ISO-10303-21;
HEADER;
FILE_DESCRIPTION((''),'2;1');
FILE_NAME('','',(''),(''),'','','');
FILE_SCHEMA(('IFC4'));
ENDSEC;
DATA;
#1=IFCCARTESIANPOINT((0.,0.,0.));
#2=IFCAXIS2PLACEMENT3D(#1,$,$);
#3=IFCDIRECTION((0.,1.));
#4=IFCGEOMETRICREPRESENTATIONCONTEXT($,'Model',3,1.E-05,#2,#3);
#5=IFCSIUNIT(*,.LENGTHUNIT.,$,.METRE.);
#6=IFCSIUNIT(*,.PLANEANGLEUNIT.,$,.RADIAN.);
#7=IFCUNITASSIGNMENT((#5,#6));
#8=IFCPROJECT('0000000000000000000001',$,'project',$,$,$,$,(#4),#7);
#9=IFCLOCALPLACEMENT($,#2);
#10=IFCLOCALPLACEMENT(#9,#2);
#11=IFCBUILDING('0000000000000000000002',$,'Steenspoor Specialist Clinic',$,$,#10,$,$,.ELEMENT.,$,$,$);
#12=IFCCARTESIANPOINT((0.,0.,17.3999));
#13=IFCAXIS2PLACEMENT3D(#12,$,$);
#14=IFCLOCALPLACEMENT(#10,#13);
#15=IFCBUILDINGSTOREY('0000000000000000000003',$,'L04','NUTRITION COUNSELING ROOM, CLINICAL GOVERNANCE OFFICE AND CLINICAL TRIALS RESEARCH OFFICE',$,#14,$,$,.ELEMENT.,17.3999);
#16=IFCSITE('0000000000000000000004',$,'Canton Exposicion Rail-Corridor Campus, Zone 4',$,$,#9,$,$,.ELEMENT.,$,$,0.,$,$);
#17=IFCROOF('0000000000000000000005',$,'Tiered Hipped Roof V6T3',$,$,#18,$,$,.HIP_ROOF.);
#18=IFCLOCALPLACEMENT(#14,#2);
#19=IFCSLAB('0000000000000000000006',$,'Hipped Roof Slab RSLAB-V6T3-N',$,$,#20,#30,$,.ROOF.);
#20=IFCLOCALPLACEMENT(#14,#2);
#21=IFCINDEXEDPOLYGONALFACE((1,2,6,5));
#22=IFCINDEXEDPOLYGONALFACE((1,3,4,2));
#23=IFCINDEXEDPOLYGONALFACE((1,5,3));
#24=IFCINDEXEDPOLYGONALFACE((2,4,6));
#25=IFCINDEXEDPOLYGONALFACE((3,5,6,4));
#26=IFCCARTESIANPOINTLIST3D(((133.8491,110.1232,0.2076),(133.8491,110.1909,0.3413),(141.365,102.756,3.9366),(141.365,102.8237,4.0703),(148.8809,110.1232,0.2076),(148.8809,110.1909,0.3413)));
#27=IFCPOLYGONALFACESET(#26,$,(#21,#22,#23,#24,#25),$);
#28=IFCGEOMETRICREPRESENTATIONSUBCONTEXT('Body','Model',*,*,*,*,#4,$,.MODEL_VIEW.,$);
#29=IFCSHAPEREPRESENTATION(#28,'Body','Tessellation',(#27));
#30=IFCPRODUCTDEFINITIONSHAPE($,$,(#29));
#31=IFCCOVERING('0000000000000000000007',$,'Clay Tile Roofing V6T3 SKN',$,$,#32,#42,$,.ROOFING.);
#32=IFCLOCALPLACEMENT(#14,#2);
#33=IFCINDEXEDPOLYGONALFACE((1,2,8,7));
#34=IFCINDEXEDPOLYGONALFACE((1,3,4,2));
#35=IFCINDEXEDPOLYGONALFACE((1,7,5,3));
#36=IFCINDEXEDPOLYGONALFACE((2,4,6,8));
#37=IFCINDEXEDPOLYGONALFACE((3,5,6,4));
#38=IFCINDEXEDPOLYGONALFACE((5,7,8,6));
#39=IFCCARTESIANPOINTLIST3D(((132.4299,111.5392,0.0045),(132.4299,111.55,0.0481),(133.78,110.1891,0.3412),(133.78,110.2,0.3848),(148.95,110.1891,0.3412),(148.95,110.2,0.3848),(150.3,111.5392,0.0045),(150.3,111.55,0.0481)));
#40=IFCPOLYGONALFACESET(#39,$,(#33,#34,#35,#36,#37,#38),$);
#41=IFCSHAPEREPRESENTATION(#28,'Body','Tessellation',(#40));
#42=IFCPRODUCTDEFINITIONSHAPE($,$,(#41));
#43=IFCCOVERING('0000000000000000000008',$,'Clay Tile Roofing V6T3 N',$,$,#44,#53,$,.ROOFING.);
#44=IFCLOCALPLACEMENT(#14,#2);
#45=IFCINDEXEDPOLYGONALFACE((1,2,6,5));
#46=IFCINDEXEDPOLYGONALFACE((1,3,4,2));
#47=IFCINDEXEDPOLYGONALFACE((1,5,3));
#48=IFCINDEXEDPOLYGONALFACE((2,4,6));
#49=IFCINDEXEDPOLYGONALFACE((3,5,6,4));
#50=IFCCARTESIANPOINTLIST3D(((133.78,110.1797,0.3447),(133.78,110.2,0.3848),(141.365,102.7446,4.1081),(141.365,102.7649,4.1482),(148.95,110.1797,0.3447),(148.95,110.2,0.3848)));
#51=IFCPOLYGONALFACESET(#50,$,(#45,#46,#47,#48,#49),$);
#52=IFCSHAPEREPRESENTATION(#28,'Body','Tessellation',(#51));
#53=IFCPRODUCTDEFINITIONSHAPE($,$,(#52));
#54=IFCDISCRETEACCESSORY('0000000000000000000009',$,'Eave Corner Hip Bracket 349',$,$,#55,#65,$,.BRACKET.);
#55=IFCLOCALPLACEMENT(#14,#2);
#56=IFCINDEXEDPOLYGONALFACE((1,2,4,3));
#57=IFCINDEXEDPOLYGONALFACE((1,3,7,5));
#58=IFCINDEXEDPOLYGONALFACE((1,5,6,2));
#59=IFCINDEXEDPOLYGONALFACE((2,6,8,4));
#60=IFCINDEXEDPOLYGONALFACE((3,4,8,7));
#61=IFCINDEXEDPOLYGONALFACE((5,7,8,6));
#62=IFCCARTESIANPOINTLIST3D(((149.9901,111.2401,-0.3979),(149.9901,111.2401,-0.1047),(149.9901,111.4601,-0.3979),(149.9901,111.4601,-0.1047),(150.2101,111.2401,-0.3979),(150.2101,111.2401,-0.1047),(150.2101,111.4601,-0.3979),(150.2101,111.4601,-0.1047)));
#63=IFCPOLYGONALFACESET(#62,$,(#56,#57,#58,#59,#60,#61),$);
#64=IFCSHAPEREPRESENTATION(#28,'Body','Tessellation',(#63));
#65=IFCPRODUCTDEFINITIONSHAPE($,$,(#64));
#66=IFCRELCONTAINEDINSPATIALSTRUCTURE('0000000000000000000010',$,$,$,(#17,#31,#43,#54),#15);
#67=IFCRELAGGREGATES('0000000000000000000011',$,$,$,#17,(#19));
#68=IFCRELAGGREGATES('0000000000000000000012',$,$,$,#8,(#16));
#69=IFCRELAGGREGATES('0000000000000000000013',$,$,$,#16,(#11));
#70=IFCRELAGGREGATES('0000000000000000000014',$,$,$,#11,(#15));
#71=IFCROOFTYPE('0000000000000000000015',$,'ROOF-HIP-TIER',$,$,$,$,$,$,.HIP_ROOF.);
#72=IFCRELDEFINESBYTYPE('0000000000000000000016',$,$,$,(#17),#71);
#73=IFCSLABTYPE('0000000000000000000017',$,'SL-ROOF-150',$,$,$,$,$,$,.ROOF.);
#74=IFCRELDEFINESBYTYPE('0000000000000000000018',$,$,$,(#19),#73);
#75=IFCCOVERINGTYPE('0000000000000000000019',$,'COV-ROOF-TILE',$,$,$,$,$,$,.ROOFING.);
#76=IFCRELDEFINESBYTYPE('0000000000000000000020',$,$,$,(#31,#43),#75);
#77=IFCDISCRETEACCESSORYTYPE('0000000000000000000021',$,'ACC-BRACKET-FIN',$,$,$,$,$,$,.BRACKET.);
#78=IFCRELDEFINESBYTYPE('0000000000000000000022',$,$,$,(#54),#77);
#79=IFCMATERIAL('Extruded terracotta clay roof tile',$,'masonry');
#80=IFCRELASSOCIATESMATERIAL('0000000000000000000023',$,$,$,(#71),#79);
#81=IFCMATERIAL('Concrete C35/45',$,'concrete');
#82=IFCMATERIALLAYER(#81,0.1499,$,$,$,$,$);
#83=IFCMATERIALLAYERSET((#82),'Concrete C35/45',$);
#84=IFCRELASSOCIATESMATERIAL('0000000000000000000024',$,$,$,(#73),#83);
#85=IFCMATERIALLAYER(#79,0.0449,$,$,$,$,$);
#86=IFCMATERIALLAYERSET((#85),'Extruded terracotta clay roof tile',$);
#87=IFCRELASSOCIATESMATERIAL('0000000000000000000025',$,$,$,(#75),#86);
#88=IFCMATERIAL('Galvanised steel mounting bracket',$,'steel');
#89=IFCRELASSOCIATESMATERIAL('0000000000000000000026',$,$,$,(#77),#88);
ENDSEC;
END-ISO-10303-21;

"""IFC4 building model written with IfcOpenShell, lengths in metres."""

from ifc_helpers import new_model, si_unit, direction, frame, origin, origin_2d, place, context, subcontext, project, spatial, polyline, rectangle, outline, extrude, material, layer, layer_set, type_object, element, aggregate, save


model = new_model("IFC4")

# Units and contexts
model_context = context("Model", 3, precision=1e-05, world=origin(), true_north=direction((0.0, 1.0)))
body_context = subcontext(model_context, "Body", "Model", "MODEL_VIEW")
ifc_project = project(units=[si_unit("LENGTHUNIT", "METRE"), si_unit("PLANEANGLEUNIT", "RADIAN")], contexts=[model_context])

# Site, building, storey
site_placement = place(None, origin())
site = spatial("IfcSite", under=ifc_project, at=site_placement, Name="Canton Exposicion Rail-Corridor Campus, Zone 4", CompositionType="ELEMENT", RefElevation=0.0)
building_placement = place(site_placement, origin())
building = spatial("IfcBuilding", under=site, at=building_placement, Name="Steenspoor Specialist Clinic", CompositionType="ELEMENT")
storey_placement = place(building_placement, frame((0.0, 0.0, 17.3999)))
storey = spatial("IfcBuildingStorey", under=building, at=storey_placement, Name="L04", Description="NUTRITION COUNSELING ROOM, CLINICAL GOVERNANCE OFFICE AND CLINICAL TRIALS RESEARCH OFFICE", CompositionType="ELEMENT", Elevation=17.3999)

# Roof, slab
ifc_material_1 = material(Name="Extruded terracotta clay roof tile", Category="masonry")
roof_type = type_object("IfcRoofType", Name="ROOF-HIP-TIER", PredefinedType="HIP_ROOF", material=ifc_material_1)
roof_placement = place(storey_placement, origin())
roof = element("IfcRoof", 1, at=roof_placement, inside=storey, type_object=roof_type, Name="Tiered Hipped Roof V6T3", PredefinedType="HIP_ROOF")
ifc_material_2 = material(Name="Concrete C35/45", Category="concrete")
ifc_layer_1 = layer(ifc_material_2, 0.1499)
ifc_layer_set_1 = layer_set([ifc_layer_1], Name="Concrete C35/45")
slab_type = type_object("IfcSlabType", Name="SL-ROOF-150", PredefinedType="ROOF", material=ifc_layer_set_1)
slab_1_placement = place(storey_placement, frame((141.365, 102.8237, 4.0703), z_axis=(0.0, 0.451608, 0.892217), x_axis=(0.673131, 0.659815, -0.333974)))
slab_1 = element("IfcSlab", 2, at=slab_1_placement, type_object=slab_type, Name="Hipped Roof Slab RSLAB-V6T3-N", PredefinedType="ROOF", context=body_context, shape_type="SweptSolid", body=[
    extrude(outline(polyline([(0.0, 0.0), (11.1655, 0.0), (1.0472, 11.1163), (0.0, 0.0)])), origin(), (0.0, 0.0, -1.0), 0.1499),
])
aggregate(roof, [slab_1])

# Coverings
ifc_layer_2 = layer(ifc_material_1, 0.0449)
ifc_layer_set_2 = layer_set([ifc_layer_2], Name="Extruded terracotta clay roof tile")
covering_type = type_object("IfcCoveringType", Name="COV-ROOF-TILE", PredefinedType="ROOFING", material=ifc_layer_set_2)
covering_1_placement = place(storey_placement, frame((150.3, 111.55, 0.0481), z_axis=(0.0, 0.241958, 0.970287), x_axis=(-1.0, 0.0, 0.0)))
element("IfcCovering", 3, at=covering_1_placement, inside=storey, type_object=covering_type, Name="Clay Tile Roofing V6T3 SKN", PredefinedType="ROOFING", context=body_context, shape_type="SweptSolid", body=[
    extrude(outline(polyline([(0.0, 0.0), (17.8701, 0.0), (16.52, 1.3914), (1.3501, 1.3914), (0.0, 0.0)])), origin(), (0.0, 0.0, -1.0), 0.0449),
])
covering_2_placement = place(storey_placement, frame((148.95, 110.2, 0.3848), z_axis=(0.0, 0.451614, 0.892213), x_axis=(-1.0, 0.0, 0.0)))
element("IfcCovering", 4, at=covering_2_placement, inside=storey, type_object=covering_type, Name="Clay Tile Roofing V6T3 N", PredefinedType="ROOFING", context=body_context, shape_type="SweptSolid", body=[
    extrude(outline(polyline([(0.0, 0.0), (15.1699, 0.0), (7.585, 8.3333), (0.0, 0.0)])), origin(), (0.0, 0.0, -1.0), 0.0449),
])

# Discrete accessory
ifc_material_3 = material(Name="Galvanised steel mounting bracket", Category="steel")
discrete_accessory_type = type_object("IfcDiscreteAccessoryType", Name="ACC-BRACKET-FIN", PredefinedType="BRACKET", material=ifc_material_3)
discrete_accessory_placement = place(storey_placement, frame((150.1001, 111.3501, -0.3979), z_axis=(0.0, 0.0, 1.0), x_axis=(1.0, 0.0, 0.0)))
element("IfcDiscreteAccessory", 5, at=discrete_accessory_placement, inside=storey, type_object=discrete_accessory_type, Name="Eave Corner Hip Bracket 349", PredefinedType="BRACKET", context=body_context, shape_type="SweptSolid", body=[
    extrude(rectangle(XDim=0.22, YDim=0.22, at=origin_2d()), origin(), (0.0, 0.0, 1.0), 0.2932),
])

save(model, "model.ifc")
